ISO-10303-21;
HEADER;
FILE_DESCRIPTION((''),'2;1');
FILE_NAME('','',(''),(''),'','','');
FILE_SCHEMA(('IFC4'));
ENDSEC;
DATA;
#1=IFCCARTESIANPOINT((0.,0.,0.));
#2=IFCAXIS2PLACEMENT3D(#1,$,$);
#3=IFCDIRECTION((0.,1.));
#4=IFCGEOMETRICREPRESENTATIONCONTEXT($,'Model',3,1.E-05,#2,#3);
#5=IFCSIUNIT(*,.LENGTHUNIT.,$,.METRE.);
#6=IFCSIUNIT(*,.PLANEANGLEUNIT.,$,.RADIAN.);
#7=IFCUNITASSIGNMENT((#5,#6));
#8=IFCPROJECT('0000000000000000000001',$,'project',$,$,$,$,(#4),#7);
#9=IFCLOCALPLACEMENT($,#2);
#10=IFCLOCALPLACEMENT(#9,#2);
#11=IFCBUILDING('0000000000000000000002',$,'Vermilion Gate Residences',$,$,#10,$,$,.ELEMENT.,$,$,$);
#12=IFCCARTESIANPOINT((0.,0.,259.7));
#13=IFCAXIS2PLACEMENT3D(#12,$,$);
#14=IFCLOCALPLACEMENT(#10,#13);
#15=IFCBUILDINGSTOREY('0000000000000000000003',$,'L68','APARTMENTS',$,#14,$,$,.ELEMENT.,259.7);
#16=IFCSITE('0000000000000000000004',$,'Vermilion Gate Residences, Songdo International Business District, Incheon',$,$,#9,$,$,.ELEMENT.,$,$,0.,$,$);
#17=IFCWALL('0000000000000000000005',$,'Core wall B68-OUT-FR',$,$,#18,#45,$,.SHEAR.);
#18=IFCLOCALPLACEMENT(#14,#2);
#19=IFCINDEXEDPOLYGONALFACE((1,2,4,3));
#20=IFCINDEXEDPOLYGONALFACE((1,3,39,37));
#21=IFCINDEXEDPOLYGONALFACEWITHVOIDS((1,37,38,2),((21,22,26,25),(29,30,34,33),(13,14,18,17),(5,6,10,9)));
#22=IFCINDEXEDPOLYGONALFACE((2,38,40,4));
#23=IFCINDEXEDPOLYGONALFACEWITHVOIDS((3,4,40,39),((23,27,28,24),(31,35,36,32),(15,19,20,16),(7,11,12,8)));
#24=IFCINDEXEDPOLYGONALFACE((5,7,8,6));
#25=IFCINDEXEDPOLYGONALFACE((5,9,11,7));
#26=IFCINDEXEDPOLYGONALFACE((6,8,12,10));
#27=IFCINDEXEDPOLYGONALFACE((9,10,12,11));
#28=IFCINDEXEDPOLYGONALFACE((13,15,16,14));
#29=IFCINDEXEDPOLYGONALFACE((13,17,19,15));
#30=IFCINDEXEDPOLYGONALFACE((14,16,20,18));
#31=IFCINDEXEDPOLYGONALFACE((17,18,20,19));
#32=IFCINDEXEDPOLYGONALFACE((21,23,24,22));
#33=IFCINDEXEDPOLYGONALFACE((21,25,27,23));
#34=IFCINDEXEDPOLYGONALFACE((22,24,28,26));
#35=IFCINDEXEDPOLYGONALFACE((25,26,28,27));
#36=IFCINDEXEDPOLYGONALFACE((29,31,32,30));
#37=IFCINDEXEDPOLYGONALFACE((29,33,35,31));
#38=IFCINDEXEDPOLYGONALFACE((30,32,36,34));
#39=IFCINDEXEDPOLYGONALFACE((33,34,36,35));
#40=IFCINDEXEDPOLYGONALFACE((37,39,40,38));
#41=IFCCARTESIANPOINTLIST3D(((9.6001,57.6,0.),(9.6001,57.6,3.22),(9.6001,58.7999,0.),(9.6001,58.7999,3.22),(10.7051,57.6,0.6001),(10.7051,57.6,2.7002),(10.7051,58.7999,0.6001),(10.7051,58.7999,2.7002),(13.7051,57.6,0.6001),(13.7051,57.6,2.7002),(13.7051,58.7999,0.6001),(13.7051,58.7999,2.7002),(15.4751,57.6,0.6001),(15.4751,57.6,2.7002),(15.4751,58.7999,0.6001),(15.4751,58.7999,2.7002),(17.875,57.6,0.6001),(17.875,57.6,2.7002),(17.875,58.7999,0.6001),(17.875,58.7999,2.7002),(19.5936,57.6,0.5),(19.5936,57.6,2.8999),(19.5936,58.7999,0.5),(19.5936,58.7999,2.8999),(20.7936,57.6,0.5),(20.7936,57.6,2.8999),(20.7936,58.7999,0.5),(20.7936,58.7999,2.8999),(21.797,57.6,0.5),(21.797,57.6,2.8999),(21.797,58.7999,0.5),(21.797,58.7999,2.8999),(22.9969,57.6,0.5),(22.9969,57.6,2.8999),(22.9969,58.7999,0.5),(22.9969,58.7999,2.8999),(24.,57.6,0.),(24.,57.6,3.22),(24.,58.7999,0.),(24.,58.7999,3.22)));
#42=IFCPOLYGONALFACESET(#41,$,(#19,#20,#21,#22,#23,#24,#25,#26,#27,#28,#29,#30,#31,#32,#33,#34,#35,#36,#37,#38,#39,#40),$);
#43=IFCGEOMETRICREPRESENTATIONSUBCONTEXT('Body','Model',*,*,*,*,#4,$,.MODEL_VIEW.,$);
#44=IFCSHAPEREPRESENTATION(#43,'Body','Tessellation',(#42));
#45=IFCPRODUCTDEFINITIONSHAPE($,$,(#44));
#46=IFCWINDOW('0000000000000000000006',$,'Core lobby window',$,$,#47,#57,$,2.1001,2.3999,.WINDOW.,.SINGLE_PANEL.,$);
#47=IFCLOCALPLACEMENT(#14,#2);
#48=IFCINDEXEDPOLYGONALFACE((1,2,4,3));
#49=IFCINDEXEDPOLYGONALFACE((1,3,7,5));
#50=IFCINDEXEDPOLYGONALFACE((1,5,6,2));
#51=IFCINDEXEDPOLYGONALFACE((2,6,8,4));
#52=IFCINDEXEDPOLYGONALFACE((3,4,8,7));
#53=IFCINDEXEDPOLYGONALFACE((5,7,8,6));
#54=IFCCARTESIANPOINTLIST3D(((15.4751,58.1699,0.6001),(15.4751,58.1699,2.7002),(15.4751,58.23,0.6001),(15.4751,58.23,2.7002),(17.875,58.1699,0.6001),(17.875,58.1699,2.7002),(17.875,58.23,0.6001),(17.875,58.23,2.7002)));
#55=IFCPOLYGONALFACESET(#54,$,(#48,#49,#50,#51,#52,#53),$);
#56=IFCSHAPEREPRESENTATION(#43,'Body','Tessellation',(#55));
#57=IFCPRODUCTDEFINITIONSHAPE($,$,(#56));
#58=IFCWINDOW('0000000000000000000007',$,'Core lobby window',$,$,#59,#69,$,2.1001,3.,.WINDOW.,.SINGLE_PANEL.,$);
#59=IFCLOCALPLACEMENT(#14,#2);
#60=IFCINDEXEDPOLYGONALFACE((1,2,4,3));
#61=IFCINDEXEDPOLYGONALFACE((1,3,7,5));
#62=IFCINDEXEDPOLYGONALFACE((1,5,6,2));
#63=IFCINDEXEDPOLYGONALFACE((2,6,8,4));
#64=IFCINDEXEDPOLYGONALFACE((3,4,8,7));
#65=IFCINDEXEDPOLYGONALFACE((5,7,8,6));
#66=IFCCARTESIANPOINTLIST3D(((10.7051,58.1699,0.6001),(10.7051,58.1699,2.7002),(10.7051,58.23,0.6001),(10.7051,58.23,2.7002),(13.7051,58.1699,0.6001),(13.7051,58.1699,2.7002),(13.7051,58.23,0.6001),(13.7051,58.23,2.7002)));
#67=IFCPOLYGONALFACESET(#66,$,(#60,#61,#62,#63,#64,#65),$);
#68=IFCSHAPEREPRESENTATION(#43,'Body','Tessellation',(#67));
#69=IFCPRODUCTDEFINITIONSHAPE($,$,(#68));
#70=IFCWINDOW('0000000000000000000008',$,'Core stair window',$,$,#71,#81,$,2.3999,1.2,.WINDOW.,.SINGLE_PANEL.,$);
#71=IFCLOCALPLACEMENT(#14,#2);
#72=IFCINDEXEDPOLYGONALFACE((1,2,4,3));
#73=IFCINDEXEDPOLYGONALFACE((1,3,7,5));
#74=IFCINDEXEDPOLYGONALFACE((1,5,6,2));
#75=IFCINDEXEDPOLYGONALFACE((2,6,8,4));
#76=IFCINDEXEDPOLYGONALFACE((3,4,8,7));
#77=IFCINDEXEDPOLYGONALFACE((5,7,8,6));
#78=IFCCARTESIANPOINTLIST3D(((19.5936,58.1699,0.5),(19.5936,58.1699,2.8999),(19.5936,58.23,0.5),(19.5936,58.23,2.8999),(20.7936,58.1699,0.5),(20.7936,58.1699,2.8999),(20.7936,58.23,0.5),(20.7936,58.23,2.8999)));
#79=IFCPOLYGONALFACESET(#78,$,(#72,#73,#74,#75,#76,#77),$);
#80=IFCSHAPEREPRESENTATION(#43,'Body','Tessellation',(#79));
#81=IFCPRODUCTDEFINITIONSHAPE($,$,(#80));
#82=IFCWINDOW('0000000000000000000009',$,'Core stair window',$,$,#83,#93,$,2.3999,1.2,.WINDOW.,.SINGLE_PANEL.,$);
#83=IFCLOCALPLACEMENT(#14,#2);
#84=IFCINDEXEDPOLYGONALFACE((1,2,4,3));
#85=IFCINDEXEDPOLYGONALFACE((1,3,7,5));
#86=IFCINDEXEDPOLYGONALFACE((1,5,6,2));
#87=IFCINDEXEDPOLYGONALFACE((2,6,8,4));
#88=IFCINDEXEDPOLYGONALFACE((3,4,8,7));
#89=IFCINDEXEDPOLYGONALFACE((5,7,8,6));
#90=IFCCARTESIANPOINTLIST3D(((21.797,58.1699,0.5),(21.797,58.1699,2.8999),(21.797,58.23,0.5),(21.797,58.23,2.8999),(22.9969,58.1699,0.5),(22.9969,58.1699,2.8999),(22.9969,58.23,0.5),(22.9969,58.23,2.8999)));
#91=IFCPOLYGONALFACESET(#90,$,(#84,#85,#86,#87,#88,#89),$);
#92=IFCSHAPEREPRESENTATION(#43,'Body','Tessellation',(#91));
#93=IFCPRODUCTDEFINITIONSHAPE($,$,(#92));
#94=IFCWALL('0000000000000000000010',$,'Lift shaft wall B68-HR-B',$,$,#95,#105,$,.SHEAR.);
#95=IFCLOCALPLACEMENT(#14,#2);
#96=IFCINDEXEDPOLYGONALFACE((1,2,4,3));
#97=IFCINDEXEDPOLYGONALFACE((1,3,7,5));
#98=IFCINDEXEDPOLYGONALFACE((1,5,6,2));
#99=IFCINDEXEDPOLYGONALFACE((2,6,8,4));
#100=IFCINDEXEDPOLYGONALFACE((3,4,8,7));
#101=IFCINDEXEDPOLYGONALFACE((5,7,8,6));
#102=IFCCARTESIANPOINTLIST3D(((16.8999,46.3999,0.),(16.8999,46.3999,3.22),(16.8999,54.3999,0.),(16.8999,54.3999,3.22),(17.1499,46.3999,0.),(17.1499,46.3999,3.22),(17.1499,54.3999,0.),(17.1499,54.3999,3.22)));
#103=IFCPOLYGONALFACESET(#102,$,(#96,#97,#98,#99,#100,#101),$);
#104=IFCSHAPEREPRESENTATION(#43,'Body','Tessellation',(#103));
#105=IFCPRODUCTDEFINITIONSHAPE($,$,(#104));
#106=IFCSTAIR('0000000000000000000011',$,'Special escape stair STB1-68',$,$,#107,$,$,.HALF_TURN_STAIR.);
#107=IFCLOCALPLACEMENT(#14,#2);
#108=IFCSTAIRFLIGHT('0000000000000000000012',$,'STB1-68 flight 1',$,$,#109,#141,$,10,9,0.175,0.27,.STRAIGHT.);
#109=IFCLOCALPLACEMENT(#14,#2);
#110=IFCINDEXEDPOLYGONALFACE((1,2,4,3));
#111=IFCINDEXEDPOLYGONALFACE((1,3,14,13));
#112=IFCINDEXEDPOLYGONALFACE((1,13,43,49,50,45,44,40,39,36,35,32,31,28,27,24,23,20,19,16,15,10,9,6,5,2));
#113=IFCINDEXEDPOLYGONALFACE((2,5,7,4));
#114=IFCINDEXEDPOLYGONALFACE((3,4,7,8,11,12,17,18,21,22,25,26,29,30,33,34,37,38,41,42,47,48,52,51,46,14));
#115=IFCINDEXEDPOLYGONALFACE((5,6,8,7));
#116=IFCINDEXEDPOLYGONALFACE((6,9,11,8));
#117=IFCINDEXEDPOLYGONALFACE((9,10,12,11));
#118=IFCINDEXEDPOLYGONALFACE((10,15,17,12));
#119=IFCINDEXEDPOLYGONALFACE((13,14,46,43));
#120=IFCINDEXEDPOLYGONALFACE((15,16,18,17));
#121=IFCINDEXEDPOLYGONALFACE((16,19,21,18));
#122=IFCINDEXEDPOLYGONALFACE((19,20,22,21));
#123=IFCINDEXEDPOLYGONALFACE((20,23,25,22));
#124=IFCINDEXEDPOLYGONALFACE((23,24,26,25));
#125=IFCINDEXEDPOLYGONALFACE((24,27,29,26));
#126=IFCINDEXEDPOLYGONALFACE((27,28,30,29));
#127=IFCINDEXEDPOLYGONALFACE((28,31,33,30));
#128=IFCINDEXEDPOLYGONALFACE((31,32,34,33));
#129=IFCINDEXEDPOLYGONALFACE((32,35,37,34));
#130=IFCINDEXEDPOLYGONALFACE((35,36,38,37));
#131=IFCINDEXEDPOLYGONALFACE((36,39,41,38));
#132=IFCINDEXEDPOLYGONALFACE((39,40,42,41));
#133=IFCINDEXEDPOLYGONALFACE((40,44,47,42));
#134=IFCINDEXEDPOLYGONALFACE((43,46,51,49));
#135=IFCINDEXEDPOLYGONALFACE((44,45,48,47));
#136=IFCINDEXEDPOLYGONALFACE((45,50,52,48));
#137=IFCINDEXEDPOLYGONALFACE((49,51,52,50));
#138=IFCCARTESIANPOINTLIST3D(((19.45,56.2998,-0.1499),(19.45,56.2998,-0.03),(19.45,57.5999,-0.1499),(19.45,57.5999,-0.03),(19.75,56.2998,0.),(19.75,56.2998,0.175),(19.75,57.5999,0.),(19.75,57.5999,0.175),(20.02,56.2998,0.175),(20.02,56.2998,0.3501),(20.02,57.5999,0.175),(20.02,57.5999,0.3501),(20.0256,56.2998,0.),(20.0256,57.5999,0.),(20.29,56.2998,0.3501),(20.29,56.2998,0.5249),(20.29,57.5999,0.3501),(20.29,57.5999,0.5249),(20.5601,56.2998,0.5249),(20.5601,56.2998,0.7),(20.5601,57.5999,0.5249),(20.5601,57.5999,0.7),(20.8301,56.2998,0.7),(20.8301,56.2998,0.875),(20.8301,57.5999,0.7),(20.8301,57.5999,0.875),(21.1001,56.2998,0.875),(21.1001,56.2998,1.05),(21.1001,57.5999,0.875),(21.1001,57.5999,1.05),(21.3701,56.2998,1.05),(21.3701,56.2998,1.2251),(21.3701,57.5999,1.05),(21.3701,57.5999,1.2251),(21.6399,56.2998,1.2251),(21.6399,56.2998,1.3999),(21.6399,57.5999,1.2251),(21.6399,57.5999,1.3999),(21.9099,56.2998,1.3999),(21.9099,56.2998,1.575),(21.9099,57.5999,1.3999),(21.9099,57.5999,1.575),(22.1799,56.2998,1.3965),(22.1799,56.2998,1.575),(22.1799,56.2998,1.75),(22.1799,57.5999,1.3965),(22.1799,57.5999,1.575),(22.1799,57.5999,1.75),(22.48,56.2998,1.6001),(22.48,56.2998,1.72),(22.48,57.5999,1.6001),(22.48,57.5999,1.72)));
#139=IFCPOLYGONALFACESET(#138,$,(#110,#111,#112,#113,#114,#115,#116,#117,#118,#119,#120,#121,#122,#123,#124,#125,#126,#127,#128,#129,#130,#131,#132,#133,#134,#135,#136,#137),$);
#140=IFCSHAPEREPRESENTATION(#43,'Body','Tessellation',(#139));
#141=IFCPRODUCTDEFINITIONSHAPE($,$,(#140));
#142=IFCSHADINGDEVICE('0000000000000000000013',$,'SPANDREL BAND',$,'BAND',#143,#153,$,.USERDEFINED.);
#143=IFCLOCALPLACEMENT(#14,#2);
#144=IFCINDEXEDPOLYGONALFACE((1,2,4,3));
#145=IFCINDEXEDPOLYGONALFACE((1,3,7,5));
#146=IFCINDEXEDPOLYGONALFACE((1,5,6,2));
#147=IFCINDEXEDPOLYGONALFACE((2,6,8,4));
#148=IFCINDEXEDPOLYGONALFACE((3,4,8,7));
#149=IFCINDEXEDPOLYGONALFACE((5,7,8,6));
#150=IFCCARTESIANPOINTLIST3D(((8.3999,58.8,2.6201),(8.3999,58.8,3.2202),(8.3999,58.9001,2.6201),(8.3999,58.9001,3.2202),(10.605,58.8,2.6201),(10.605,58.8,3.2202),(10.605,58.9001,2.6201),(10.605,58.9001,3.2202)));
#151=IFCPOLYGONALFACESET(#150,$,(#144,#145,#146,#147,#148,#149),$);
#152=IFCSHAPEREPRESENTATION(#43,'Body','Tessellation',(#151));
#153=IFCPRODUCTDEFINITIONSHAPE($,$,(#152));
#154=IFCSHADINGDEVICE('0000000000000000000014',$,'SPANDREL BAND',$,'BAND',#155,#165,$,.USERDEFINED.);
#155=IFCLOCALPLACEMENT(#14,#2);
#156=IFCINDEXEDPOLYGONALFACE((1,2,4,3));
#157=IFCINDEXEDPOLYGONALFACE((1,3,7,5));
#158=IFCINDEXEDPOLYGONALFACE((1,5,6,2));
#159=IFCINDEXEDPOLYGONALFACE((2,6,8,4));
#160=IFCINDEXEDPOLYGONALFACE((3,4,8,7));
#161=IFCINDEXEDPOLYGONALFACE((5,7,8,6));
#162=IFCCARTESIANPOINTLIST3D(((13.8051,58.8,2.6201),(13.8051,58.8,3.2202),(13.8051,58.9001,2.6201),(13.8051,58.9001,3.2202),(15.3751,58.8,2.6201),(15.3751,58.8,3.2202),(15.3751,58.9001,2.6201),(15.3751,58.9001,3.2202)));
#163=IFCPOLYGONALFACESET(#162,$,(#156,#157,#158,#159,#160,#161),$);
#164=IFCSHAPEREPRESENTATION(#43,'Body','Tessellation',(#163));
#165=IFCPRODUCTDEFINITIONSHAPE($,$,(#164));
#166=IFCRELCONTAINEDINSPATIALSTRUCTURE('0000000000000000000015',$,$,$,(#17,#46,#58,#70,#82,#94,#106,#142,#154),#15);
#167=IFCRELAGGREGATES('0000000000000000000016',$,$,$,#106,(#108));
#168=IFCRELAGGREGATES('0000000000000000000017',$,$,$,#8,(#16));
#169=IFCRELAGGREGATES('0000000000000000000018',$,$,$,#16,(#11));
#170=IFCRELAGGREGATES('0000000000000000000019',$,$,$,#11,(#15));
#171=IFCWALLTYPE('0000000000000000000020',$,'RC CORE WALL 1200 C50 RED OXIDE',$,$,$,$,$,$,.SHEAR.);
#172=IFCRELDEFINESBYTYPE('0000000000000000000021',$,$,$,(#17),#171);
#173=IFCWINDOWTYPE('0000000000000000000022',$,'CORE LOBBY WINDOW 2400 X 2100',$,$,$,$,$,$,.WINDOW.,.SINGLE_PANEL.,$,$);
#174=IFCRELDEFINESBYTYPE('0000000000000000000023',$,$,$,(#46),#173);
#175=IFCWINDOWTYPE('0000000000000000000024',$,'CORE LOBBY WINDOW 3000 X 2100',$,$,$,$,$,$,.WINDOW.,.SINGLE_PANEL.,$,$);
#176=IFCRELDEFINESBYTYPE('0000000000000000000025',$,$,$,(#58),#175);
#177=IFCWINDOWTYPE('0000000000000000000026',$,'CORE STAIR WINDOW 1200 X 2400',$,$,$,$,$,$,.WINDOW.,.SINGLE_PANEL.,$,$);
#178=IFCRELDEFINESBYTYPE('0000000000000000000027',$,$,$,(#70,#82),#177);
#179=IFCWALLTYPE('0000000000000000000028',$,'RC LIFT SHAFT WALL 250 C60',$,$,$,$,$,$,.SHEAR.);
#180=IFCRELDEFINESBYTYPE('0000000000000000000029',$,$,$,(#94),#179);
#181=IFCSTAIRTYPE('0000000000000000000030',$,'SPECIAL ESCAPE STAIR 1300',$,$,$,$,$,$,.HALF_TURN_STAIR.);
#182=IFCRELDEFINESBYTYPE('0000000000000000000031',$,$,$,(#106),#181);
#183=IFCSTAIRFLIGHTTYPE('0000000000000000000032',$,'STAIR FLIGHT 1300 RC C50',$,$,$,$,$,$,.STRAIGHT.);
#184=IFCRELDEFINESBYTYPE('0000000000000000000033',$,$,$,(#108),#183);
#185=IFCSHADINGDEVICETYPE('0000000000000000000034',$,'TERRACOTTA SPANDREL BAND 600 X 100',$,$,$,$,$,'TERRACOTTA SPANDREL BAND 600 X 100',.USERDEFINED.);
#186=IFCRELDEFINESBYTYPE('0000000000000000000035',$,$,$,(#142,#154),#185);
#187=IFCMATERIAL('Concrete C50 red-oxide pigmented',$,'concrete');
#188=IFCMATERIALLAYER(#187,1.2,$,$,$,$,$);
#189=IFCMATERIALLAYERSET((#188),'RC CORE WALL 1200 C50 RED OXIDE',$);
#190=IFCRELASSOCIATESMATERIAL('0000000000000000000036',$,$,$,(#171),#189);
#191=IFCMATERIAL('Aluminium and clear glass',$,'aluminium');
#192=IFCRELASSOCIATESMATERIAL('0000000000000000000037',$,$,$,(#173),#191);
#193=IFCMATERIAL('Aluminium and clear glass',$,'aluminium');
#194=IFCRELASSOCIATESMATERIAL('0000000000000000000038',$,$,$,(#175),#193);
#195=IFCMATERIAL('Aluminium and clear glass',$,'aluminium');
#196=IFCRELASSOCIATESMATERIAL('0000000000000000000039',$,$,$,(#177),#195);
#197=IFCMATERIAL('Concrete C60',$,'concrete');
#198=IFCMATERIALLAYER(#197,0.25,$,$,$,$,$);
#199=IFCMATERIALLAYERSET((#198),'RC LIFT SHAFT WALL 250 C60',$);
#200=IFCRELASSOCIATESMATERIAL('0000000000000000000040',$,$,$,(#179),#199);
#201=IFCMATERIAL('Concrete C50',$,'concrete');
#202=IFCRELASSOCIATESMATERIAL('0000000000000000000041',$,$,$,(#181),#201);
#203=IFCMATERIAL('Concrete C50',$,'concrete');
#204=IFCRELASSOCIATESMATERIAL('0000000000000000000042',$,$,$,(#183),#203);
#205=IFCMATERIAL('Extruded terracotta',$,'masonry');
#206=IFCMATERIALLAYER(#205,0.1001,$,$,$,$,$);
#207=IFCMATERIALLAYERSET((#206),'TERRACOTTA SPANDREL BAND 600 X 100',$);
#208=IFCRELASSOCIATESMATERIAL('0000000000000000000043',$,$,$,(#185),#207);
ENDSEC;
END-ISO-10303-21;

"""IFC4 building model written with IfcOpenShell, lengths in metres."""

from ifc_helpers import new_model, si_unit, direction, frame, frame_2d, origin, origin_2d, place, context, subcontext, project, spatial, polyline, rectangle, outline, extrude, material, layer, layer_set, type_object, element, fill, aggregate, save


model = new_model("IFC4")

# Units and contexts
model_context = context("Model", 3, precision=1e-05, world=origin(), true_north=direction((0.0, 1.0)))
body_context = subcontext(model_context, "Body", "Model", "MODEL_VIEW")
ifc_project = project(units=[si_unit("LENGTHUNIT", "METRE"), si_unit("PLANEANGLEUNIT", "RADIAN")], contexts=[model_context])

# Site, building, storey
site_placement = place(None, origin())
site = spatial("IfcSite", under=ifc_project, at=site_placement, Name="Vermilion Gate Residences, Songdo International Business District, Incheon", CompositionType="ELEMENT", RefElevation=0.0)
building_placement = place(site_placement, origin())
building = spatial("IfcBuilding", under=site, at=building_placement, Name="Vermilion Gate Residences", CompositionType="ELEMENT")
storey_placement = place(building_placement, frame((0.0, 0.0, 259.7)))
storey = spatial("IfcBuildingStorey", under=building, at=storey_placement, Name="L68", Description="APARTMENTS", CompositionType="ELEMENT", Elevation=259.7)

# Wall, openings, windows
ifc_material_1 = material(Name="Concrete C50 red-oxide pigmented", Category="concrete")
ifc_layer_1 = layer(ifc_material_1, 1.2)
ifc_layer_set_1 = layer_set([ifc_layer_1], Name="RC CORE WALL 1200 C50 RED OXIDE")
wall_type_1 = type_object("IfcWallType", Name="RC CORE WALL 1200 C50 RED OXIDE", PredefinedType="SHEAR", material=ifc_layer_set_1)
ifc_material_2 = material(Name="Aluminium and clear glass", Category="aluminium")
window_type_1 = type_object("IfcWindowType", Name="CORE LOBBY WINDOW 2400 X 2100", PartitioningType="SINGLE_PANEL", PredefinedType="WINDOW", material=ifc_material_2)
wall_1_placement = place(storey_placement, frame((9.6001, 58.2, 0.0), z_axis=(0.0, 0.0, 1.0), x_axis=(1.0, 0.0, 0.0)))
wall_1 = element("IfcWall", 1, at=wall_1_placement, inside=storey, type_object=wall_type_1, Name="Core wall B68-OUT-FR", PredefinedType="SHEAR", context=body_context, shape_type="SweptSolid", body=[
    extrude(rectangle(XDim=14.3999, YDim=1.2, at=frame_2d((7.2, 0.0))), origin(), (0.0, 0.0, 1.0), 3.22),
])
opening_1_placement = place(wall_1_placement, frame((1.105, 0.0, 0.6001)))
opening_1 = element("IfcOpeningElement", 2, at=opening_1_placement, cuts=wall_1, PredefinedType="OPENING", context=body_context, shape_type="SweptSolid", body=[
    extrude(rectangle(XDim=3.0, YDim=2.1001, at=frame_2d((1.5, 1.05))), frame((0.0, 0.6099, 0.0), z_axis=(0.0, -1.0, 0.0), x_axis=(1.0, 0.0, 0.0)), (0.0, 0.0, 1.0), 1.22),
])
opening_2_placement = place(wall_1_placement, frame((5.875, 0.0, 0.6001)))
opening_2 = element("IfcOpeningElement", 3, at=opening_2_placement, cuts=wall_1, PredefinedType="OPENING", context=body_context, shape_type="SweptSolid", body=[
    extrude(rectangle(XDim=2.3999, YDim=2.1001, at=frame_2d((1.2, 1.05))), frame((0.0, 0.6099, 0.0), z_axis=(0.0, -1.0, 0.0), x_axis=(1.0, 0.0, 0.0)), (0.0, 0.0, 1.0), 1.22),
])
opening_3_placement = place(wall_1_placement, frame((9.9934, 0.0, 0.5)))
opening_3 = element("IfcOpeningElement", 4, at=opening_3_placement, cuts=wall_1, PredefinedType="OPENING", context=body_context, shape_type="SweptSolid", body=[
    extrude(rectangle(XDim=1.2, YDim=2.3999, at=frame_2d((0.6001, 1.2))), frame((0.0, 0.6099, 0.0), z_axis=(0.0, -1.0, 0.0), x_axis=(1.0, 0.0, 0.0)), (0.0, 0.0, 1.0), 1.22),
])
opening_4_placement = place(wall_1_placement, frame((12.1968, 0.0, 0.5)))
opening_4 = element("IfcOpeningElement", 5, at=opening_4_placement, cuts=wall_1, PredefinedType="OPENING", context=body_context, shape_type="SweptSolid", body=[
    extrude(rectangle(XDim=1.2, YDim=2.3999, at=frame_2d((0.6001, 1.2))), frame((0.0, 0.6099, 0.0), z_axis=(0.0, -1.0, 0.0), x_axis=(1.0, 0.0, 0.0)), (0.0, 0.0, 1.0), 1.22),
])
window_1_placement = place(opening_2_placement, origin())
window_1 = element("IfcWindow", 6, at=window_1_placement, inside=storey, type_object=window_type_1, Name="Core lobby window", OverallHeight=2.1001, OverallWidth=2.3999, PartitioningType="SINGLE_PANEL", PredefinedType="WINDOW", context=body_context, shape_type="SweptSolid", body=[
    extrude(rectangle(XDim=2.3999, YDim=2.1001, at=frame_2d((1.2, 1.05))), frame((0.0, 0.03, 0.0), z_axis=(0.0, -1.0, 0.0), x_axis=(1.0, 0.0, 0.0)), (0.0, 0.0, 1.0), 0.0601),
])
fill(opening_2, window_1)
ifc_material_3 = material(Name="Aluminium and clear glass", Category="aluminium")
window_type_2 = type_object("IfcWindowType", Name="CORE LOBBY WINDOW 3000 X 2100", PartitioningType="SINGLE_PANEL", PredefinedType="WINDOW", material=ifc_material_3)
window_2_placement = place(opening_1_placement, origin())
window_2 = element("IfcWindow", 7, at=window_2_placement, inside=storey, type_object=window_type_2, Name="Core lobby window", OverallHeight=2.1001, OverallWidth=3.0, PartitioningType="SINGLE_PANEL", PredefinedType="WINDOW", context=body_context, shape_type="SweptSolid", body=[
    extrude(rectangle(XDim=3.0, YDim=2.1001, at=frame_2d((1.5, 1.05))), frame((0.0, 0.03, 0.0), z_axis=(0.0, -1.0, 0.0), x_axis=(1.0, 0.0, 0.0)), (0.0, 0.0, 1.0), 0.0601),
])
fill(opening_1, window_2)
ifc_material_4 = material(Name="Aluminium and clear glass", Category="aluminium")
window_type_3 = type_object("IfcWindowType", Name="CORE STAIR WINDOW 1200 X 2400", PartitioningType="SINGLE_PANEL", PredefinedType="WINDOW", material=ifc_material_4)
window_3_placement = place(opening_3_placement, origin())
window_3 = element("IfcWindow", 8, at=window_3_placement, inside=storey, type_object=window_type_3, Name="Core stair window", OverallHeight=2.3999, OverallWidth=1.2, PartitioningType="SINGLE_PANEL", PredefinedType="WINDOW", context=body_context, shape_type="SweptSolid", body=[
    extrude(rectangle(XDim=1.2, YDim=2.3999, at=frame_2d((0.6001, 1.2))), frame((0.0, 0.03, 0.0), z_axis=(0.0, -1.0, 0.0), x_axis=(1.0, 0.0, 0.0)), (0.0, 0.0, 1.0), 0.0601),
])
fill(opening_3, window_3)
window_4_placement = place(opening_4_placement, origin())
window_4 = element("IfcWindow", 9, at=window_4_placement, inside=storey, type_object=window_type_3, Name="Core stair window", OverallHeight=2.3999, OverallWidth=1.2, PartitioningType="SINGLE_PANEL", PredefinedType="WINDOW", context=body_context, shape_type="SweptSolid", body=[
    extrude(rectangle(XDim=1.2, YDim=2.3999, at=frame_2d((0.6001, 1.2))), frame((0.0, 0.03, 0.0), z_axis=(0.0, -1.0, 0.0), x_axis=(1.0, 0.0, 0.0)), (0.0, 0.0, 1.0), 0.0601),
])
fill(opening_4, window_4)

# Wall
ifc_material_5 = material(Name="Concrete C60", Category="concrete")
ifc_layer_2 = layer(ifc_material_5, 0.25)
ifc_layer_set_2 = layer_set([ifc_layer_2], Name="RC LIFT SHAFT WALL 250 C60")
wall_type_2 = type_object("IfcWallType", Name="RC LIFT SHAFT WALL 250 C60", PredefinedType="SHEAR", material=ifc_layer_set_2)
wall_2_placement = place(storey_placement, frame((17.0249, 54.3999, 0.0), z_axis=(0.0, 0.0, 1.0), x_axis=(0.0, -1.0, 0.0)))
element("IfcWall", 10, at=wall_2_placement, inside=storey, type_object=wall_type_2, Name="Lift shaft wall B68-HR-B", PredefinedType="SHEAR", context=body_context, shape_type="SweptSolid", body=[
    extrude(rectangle(XDim=8.0, YDim=0.25, at=frame_2d((4.0, 0.0))), origin(), (0.0, 0.0, 1.0), 3.22),
])

# Stair, stair flight
ifc_material_6 = material(Name="Concrete C50", Category="concrete")
stair_type = type_object("IfcStairType", Name="SPECIAL ESCAPE STAIR 1300", PredefinedType="HALF_TURN_STAIR", material=ifc_material_6)
stair_placement = place(storey_placement, origin())
stair = element("IfcStair", 11, at=stair_placement, inside=storey, type_object=stair_type, Name="Special escape stair STB1-68", PredefinedType="HALF_TURN_STAIR")
ifc_material_7 = material(Name="Concrete C50", Category="concrete")
stair_flight_type = type_object("IfcStairFlightType", Name="STAIR FLIGHT 1300 RC C50", PredefinedType="STRAIGHT", material=ifc_material_7)
stair_flight_placement = place(storey_placement, frame((19.75, 56.95, 0.0), z_axis=(0.0, 0.0, 1.0), x_axis=(1.0, 0.0, 0.0)))
stair_flight = element("IfcStairFlight", 12, at=stair_flight_placement, type_object=stair_flight_type, Name="STB1-68 flight 1", NumberOfRisers=10, NumberOfTreads=9, PredefinedType="STRAIGHT", RiserHeight=0.175, TreadLength=0.27, context=body_context, shape_type="SweptSolid", body=[
    extrude(outline(polyline([(-0.3, -0.1499), (-0.3, -0.03), (0.0, 0.0), (0.0, 0.175), (0.27, 0.175), (0.27, 0.3501), (0.54, 0.3501), (0.54, 0.5249), (0.8101, 0.5249), (0.8101, 0.7), (1.0801, 0.7), (1.0801, 0.875), (1.3501, 0.875), (1.3501, 1.05), (1.6201, 1.05), (1.6201, 1.2251), (1.8899, 1.2251), (1.8899, 1.3999), (2.1599, 1.3999), (2.1599, 1.575), (2.4299, 1.575), (2.4299, 1.75), (2.73, 1.72), (2.73, 1.6001), (2.4299, 1.3965), (0.2756, 0.0), (-0.3, -0.1499)])), frame((0.0, 0.6499, 0.0), z_axis=(0.0, -1.0, 0.0), x_axis=(1.0, 0.0, 0.0)), (0.0, 0.0, 1.0), 1.3),
])
aggregate(stair, [stair_flight])

# Shading devices
ifc_material_8 = material(Name="Extruded terracotta", Category="masonry")
ifc_layer_3 = layer(ifc_material_8, 0.1001)
ifc_layer_set_3 = layer_set([ifc_layer_3], Name="TERRACOTTA SPANDREL BAND 600 X 100")
shading_device_type = type_object("IfcShadingDeviceType", Name="TERRACOTTA SPANDREL BAND 600 X 100", ElementType="TERRACOTTA SPANDREL BAND 600 X 100", PredefinedType="USERDEFINED", material=ifc_layer_set_3)
shading_device_1_placement = place(storey_placement, frame((9.5024, 58.8501, 2.6201), z_axis=(0.0, 0.0, 1.0), x_axis=(1.0, 0.0, 0.0)))
element("IfcShadingDevice", 13, at=shading_device_1_placement, inside=storey, type_object=shading_device_type, Name="SPANDREL BAND", ObjectType="BAND", PredefinedType="USERDEFINED", context=body_context, shape_type="SweptSolid", body=[
    extrude(rectangle(XDim=2.2051, YDim=0.1001, at=origin_2d()), origin(), (0.0, 0.0, 1.0), 0.6001),
])
shading_device_2_placement = place(storey_placement, frame((14.5901, 58.8501, 2.6201), z_axis=(0.0, 0.0, 1.0), x_axis=(1.0, 0.0, 0.0)))
element("IfcShadingDevice", 14, at=shading_device_2_placement, inside=storey, type_object=shading_device_type, Name="SPANDREL BAND", ObjectType="BAND", PredefinedType="USERDEFINED", context=body_context, shape_type="SweptSolid", body=[
    extrude(rectangle(XDim=1.5701, YDim=0.1001, at=origin_2d()), origin(), (0.0, 0.0, 1.0), 0.6001),
])

save(model, "model.ifc")
